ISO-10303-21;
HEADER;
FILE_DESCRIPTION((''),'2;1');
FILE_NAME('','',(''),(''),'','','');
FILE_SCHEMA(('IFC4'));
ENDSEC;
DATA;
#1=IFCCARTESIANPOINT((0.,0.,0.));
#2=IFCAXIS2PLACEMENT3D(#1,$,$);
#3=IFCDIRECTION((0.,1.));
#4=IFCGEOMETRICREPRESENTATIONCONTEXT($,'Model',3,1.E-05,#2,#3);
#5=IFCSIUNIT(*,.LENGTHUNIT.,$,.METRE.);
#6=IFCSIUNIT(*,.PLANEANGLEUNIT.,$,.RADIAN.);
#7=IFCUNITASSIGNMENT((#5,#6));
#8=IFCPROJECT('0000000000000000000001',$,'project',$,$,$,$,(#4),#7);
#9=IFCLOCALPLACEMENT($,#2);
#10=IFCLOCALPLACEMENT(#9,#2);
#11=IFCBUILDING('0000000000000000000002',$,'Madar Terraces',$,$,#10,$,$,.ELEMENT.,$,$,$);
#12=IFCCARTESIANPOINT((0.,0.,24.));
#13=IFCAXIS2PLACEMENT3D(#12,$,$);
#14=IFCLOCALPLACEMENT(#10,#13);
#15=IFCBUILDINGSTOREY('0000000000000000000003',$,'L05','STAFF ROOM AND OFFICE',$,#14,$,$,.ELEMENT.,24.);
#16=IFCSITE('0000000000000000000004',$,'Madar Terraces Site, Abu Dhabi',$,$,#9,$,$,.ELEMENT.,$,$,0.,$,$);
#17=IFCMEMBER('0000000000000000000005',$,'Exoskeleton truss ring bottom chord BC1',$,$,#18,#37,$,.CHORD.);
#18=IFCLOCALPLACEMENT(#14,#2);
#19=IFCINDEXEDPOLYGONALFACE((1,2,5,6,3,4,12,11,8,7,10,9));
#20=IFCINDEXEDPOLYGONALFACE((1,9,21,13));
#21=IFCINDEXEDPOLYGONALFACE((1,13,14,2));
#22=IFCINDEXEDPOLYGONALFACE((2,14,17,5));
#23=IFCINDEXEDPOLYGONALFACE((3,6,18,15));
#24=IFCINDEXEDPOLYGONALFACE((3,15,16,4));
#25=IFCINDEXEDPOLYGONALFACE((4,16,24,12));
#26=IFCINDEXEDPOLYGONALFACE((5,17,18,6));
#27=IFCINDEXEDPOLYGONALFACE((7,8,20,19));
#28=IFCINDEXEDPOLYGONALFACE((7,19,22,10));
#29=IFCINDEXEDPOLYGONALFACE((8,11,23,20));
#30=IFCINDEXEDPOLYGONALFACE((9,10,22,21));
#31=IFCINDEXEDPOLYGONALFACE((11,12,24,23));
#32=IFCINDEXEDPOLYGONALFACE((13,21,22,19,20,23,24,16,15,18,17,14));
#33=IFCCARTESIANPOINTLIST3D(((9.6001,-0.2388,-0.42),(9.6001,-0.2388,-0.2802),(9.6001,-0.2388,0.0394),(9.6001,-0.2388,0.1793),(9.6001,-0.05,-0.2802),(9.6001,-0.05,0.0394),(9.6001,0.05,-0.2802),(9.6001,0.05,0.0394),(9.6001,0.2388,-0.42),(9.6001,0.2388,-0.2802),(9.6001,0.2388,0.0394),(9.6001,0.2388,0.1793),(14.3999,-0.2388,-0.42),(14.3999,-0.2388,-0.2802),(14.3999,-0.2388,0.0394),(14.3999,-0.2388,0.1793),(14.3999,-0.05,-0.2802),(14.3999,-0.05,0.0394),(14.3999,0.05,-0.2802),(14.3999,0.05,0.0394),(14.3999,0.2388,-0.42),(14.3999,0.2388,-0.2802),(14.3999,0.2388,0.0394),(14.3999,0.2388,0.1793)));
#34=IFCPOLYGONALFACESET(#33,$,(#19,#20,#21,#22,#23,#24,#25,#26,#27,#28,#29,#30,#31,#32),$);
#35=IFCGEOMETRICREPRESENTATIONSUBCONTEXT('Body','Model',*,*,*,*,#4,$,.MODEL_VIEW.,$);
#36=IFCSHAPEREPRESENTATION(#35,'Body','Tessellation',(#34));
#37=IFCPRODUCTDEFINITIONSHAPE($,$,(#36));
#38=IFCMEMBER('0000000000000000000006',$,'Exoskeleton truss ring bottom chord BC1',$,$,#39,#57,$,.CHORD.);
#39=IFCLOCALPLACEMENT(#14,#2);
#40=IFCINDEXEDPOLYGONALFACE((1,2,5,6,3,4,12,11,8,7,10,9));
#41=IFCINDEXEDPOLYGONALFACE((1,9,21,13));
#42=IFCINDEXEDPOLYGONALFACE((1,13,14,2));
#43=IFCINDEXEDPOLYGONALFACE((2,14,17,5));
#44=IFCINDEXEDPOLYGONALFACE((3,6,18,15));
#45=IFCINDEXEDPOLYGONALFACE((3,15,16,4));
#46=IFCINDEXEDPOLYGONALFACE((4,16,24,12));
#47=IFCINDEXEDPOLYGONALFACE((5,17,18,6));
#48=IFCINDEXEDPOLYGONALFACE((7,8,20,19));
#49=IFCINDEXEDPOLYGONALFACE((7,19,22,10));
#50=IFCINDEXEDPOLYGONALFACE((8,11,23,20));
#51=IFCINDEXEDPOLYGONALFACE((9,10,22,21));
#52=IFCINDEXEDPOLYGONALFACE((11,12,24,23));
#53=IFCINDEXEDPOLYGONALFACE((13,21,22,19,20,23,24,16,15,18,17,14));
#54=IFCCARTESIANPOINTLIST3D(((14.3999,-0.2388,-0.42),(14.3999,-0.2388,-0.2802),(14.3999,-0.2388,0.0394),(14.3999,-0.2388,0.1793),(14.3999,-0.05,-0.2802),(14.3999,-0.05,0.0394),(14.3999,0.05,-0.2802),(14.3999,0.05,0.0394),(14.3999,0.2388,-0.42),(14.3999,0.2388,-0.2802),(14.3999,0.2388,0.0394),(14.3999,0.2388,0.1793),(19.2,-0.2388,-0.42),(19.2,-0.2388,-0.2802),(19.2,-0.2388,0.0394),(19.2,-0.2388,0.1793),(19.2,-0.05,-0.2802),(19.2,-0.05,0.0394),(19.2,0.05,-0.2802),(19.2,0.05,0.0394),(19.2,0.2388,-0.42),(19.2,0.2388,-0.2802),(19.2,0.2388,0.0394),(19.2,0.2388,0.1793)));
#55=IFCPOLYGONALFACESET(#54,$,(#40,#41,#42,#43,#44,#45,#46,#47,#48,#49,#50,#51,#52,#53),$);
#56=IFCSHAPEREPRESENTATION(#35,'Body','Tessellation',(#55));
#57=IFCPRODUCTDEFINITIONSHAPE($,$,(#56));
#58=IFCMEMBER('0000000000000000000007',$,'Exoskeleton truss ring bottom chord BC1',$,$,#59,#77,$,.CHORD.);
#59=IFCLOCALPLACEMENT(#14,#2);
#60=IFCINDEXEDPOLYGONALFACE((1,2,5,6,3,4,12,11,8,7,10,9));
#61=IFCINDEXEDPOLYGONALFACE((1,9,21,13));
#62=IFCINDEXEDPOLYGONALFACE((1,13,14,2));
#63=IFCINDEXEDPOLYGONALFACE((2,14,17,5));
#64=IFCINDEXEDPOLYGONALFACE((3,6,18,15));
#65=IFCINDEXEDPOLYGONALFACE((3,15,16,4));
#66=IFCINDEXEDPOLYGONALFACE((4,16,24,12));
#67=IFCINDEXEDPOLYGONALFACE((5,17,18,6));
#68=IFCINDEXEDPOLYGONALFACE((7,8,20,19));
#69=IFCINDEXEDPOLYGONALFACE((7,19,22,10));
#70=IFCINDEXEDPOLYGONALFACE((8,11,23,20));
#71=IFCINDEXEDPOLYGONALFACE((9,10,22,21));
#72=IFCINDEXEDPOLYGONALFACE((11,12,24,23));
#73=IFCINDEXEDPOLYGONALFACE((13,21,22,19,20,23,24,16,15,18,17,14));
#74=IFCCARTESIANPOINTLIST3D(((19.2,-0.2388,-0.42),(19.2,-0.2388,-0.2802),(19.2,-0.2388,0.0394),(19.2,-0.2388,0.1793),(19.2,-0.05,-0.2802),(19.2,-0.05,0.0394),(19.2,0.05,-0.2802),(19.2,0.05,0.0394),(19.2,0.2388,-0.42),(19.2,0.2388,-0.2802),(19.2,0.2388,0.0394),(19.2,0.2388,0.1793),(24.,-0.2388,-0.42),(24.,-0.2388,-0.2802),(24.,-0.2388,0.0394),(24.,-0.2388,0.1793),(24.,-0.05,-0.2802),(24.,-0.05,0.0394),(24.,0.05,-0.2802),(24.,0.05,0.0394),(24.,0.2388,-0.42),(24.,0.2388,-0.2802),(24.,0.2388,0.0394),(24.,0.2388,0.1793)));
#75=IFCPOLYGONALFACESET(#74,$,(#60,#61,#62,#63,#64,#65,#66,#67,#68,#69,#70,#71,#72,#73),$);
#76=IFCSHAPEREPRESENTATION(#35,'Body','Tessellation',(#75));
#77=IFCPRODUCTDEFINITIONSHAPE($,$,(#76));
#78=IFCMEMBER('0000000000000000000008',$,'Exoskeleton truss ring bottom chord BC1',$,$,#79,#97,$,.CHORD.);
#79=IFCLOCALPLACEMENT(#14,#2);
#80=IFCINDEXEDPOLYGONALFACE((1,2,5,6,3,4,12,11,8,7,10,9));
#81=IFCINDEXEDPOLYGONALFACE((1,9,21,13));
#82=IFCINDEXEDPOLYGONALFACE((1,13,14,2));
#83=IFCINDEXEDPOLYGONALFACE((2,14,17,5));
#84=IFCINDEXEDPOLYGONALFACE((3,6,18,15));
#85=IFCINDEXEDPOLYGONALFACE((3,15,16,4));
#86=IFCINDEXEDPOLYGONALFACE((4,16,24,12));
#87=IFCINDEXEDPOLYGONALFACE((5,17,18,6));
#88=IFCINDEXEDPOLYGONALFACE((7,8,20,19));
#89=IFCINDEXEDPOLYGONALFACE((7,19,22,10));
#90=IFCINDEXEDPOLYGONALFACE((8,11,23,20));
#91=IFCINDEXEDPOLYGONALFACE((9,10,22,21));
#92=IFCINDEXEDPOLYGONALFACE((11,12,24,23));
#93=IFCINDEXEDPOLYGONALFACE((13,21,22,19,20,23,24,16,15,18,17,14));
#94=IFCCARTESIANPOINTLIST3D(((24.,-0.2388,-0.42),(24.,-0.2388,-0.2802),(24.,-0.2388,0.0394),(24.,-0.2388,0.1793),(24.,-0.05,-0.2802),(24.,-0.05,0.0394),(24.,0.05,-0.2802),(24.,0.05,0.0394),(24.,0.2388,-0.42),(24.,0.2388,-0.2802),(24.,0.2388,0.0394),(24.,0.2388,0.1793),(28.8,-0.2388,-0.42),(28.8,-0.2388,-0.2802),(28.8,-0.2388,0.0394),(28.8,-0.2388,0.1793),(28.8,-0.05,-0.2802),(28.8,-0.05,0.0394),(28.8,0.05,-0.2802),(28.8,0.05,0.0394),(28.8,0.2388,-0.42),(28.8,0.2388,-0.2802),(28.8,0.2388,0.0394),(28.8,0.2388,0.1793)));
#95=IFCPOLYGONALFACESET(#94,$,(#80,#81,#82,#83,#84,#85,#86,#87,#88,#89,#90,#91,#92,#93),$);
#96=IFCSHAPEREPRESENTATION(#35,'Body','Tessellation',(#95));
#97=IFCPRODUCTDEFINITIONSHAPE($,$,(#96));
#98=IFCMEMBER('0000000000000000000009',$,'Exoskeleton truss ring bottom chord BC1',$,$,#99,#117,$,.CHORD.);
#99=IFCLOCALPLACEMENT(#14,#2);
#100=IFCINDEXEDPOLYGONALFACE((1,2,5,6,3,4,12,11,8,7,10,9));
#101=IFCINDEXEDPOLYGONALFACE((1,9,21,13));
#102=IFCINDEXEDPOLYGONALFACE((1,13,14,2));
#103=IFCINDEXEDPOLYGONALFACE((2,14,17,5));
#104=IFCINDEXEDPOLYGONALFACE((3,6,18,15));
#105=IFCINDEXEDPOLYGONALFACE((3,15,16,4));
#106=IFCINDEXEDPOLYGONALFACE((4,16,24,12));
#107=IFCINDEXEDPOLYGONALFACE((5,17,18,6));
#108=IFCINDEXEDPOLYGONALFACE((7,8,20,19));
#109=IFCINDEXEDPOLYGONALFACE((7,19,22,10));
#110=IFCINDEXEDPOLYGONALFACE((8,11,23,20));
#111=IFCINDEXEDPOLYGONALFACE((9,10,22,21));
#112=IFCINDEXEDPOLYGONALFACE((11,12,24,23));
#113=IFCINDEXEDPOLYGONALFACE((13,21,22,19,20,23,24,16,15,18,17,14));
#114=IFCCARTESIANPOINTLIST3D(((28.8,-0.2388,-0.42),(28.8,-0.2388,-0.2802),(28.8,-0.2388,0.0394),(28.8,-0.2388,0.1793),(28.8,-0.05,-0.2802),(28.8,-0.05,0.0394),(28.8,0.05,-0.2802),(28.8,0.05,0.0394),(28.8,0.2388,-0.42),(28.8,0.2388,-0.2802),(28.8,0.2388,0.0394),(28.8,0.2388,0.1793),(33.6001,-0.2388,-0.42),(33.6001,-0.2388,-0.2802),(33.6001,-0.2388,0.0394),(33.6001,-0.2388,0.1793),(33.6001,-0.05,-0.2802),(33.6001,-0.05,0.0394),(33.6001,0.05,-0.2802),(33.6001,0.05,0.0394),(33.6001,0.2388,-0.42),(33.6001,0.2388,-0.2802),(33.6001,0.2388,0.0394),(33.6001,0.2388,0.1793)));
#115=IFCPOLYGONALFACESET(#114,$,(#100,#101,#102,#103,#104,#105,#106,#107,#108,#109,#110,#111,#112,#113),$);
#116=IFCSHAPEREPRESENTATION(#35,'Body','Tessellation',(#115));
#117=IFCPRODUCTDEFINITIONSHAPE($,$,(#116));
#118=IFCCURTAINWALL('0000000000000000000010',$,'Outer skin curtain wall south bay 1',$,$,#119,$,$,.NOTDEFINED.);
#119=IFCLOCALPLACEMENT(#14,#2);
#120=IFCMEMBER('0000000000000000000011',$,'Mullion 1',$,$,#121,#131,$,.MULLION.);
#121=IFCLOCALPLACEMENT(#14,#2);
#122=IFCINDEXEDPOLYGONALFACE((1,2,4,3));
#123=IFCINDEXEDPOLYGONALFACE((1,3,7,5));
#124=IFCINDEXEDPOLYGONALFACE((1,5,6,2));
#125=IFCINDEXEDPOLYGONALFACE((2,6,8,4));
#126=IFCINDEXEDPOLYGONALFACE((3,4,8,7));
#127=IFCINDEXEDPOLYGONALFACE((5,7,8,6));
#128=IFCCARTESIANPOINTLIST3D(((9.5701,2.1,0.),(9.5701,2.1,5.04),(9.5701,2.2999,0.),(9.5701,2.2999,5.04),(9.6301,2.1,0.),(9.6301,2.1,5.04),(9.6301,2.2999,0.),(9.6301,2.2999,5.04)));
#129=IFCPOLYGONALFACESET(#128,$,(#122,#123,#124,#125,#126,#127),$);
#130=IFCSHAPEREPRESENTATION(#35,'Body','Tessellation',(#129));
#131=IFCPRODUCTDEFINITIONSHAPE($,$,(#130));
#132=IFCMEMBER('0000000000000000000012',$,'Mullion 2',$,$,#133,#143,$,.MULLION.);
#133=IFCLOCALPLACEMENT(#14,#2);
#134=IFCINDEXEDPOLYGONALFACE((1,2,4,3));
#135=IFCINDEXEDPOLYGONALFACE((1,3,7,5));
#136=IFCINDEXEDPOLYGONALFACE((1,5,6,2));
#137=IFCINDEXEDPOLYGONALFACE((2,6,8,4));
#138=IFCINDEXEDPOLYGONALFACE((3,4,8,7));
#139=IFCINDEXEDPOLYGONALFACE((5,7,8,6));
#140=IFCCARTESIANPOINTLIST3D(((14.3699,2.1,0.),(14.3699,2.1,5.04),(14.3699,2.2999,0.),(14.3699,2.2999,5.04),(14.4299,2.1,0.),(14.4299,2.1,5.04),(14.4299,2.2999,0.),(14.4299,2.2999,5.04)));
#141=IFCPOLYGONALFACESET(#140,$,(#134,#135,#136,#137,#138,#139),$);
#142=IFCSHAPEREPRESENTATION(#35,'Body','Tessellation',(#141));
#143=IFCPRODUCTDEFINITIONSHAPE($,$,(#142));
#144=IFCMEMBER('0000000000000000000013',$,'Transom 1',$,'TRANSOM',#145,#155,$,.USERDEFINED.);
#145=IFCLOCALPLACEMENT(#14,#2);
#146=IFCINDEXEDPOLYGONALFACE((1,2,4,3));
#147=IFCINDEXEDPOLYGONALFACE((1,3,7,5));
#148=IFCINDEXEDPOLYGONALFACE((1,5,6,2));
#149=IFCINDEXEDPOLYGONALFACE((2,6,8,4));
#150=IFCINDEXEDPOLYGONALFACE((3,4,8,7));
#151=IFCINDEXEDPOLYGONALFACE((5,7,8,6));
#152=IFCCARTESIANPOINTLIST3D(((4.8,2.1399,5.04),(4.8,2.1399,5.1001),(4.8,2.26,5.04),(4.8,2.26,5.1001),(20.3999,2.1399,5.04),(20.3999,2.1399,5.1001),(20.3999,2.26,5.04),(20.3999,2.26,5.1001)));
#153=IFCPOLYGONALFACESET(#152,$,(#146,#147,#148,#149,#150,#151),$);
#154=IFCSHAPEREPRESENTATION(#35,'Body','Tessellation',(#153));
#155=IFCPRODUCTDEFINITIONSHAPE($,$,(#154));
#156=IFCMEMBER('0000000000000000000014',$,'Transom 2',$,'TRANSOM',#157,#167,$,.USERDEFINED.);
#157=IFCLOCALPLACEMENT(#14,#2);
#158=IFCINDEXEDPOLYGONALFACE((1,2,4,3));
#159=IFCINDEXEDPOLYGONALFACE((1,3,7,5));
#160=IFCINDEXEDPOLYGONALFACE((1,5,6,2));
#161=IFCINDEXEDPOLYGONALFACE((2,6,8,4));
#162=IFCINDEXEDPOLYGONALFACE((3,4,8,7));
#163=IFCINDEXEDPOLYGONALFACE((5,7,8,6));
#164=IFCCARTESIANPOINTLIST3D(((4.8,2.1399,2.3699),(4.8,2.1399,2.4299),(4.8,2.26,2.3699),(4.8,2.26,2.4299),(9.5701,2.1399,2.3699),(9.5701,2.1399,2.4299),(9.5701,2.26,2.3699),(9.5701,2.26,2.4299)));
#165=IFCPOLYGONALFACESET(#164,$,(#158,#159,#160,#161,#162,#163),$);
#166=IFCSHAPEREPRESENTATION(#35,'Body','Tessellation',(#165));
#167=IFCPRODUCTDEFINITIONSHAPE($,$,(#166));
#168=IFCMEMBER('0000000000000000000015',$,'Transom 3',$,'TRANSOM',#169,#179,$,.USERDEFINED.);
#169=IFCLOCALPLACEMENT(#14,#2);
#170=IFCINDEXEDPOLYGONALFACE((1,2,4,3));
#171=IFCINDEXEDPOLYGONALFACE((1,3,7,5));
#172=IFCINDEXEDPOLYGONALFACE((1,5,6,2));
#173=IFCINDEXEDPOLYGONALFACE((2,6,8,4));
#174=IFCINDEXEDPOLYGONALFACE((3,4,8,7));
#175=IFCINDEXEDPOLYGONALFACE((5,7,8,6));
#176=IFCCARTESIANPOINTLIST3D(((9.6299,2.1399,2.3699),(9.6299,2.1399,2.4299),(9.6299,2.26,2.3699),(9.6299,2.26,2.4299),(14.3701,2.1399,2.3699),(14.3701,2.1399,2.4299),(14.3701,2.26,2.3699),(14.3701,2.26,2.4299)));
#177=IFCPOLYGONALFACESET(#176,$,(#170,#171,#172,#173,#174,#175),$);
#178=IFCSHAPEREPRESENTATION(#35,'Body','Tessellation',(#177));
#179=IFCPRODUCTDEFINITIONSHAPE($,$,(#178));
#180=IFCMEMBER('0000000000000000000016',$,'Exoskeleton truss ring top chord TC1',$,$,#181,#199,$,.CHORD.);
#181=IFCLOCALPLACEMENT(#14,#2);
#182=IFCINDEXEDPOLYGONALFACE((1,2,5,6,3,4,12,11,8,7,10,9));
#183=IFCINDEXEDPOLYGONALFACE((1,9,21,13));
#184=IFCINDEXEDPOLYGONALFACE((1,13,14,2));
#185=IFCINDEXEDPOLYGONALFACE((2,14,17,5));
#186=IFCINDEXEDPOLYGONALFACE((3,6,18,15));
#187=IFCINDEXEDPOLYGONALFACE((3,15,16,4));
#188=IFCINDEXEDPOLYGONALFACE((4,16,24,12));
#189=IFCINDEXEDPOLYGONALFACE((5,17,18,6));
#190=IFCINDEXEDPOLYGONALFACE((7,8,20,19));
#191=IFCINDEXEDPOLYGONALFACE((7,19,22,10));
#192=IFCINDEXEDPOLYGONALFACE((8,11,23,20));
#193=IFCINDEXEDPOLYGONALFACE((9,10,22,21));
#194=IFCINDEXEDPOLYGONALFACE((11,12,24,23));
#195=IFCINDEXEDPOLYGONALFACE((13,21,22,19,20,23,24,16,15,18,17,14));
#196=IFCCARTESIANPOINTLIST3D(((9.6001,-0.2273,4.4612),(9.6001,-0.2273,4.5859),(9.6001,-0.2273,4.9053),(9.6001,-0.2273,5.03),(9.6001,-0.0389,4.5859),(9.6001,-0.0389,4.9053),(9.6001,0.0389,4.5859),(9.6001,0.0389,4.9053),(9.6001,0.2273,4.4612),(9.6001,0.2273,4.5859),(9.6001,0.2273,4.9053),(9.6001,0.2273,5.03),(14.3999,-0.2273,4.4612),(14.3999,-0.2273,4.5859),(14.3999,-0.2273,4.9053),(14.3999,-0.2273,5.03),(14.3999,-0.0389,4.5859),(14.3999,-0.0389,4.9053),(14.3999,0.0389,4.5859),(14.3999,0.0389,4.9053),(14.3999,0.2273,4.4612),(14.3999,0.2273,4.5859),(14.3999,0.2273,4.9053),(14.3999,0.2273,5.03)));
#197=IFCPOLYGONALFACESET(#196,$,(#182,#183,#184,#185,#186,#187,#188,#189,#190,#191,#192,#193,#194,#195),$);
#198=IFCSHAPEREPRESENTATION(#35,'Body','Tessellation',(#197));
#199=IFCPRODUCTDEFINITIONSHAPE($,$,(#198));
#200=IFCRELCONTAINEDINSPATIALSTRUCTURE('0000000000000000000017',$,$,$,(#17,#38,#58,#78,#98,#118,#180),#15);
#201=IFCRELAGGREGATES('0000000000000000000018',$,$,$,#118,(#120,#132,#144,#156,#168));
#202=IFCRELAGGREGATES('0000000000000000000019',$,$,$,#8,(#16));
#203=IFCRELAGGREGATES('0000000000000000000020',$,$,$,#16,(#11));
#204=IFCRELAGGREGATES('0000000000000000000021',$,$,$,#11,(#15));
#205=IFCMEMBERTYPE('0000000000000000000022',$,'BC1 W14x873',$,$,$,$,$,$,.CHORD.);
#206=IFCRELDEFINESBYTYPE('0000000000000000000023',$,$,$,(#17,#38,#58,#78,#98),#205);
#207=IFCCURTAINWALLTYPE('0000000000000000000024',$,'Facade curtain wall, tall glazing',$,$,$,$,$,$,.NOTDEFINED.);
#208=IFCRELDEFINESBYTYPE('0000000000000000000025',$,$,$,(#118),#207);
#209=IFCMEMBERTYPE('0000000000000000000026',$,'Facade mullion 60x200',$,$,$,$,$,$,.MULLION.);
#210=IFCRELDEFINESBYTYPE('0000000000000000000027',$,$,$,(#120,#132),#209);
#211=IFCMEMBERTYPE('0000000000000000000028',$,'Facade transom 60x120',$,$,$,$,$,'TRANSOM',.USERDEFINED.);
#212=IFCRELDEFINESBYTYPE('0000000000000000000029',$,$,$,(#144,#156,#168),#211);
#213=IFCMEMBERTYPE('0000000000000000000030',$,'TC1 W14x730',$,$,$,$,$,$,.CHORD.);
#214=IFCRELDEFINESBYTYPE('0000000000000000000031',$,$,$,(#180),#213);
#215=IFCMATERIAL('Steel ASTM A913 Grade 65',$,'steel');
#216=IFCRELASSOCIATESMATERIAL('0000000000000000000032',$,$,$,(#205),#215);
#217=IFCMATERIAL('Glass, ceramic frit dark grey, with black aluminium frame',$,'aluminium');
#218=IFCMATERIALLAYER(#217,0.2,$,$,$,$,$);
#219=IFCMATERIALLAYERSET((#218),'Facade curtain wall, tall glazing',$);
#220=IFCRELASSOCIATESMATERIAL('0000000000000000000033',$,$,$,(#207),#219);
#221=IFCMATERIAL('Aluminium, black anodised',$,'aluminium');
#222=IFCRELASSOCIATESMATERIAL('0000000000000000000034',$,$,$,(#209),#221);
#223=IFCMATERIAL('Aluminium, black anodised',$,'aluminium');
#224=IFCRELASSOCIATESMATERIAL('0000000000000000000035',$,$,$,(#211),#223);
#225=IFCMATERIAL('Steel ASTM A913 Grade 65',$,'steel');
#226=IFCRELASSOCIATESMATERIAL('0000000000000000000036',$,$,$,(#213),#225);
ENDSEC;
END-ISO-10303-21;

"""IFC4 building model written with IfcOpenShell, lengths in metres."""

from ifc_helpers import new_model, si_unit, direction, frame, origin, origin_2d, place, context, subcontext, project, spatial, rectangle, i_section, extrude, material, layer, layer_set, material_profile, profile_set, type_object, element, aggregate, save


model = new_model("IFC4")

# Units and contexts
model_context = context("Model", 3, precision=1e-05, world=origin(), true_north=direction((0.0, 1.0)))
body_context = subcontext(model_context, "Body", "Model", "MODEL_VIEW")
ifc_project = project(units=[si_unit("LENGTHUNIT", "METRE"), si_unit("PLANEANGLEUNIT", "RADIAN")], contexts=[model_context])

# Site, building, storey
site_placement = place(None, origin())
site = spatial("IfcSite", under=ifc_project, at=site_placement, Name="Madar Terraces Site, Abu Dhabi", CompositionType="ELEMENT", RefElevation=0.0)
building_placement = place(site_placement, origin())
building = spatial("IfcBuilding", under=site, at=building_placement, Name="Madar Terraces", CompositionType="ELEMENT")
storey_placement = place(building_placement, frame((0.0, 0.0, 24.0)))
storey = spatial("IfcBuildingStorey", under=building, at=storey_placement, Name="L05", Description="STAFF ROOM AND OFFICE", CompositionType="ELEMENT", Elevation=24.0)

# Members
ifc_material_1 = material(Name="Steel ASTM A913 Grade 65", Category="steel")
ifc_material_profile_1 = material_profile(ifc_material_1, i_section(OverallWidth=0.4775, OverallDepth=0.5994, WebThickness=0.1001, FlangeThickness=0.1399, at=origin_2d()), Name="W14x873")
ifc_profile_set_1 = profile_set([ifc_material_profile_1], Name="Steel ASTM A913 Grade 65")
member_type_1 = type_object("IfcMemberType", Name="BC1 W14x873", PredefinedType="CHORD", material=ifc_profile_set_1)
member_1_placement = place(storey_placement, frame((9.6001, 0.0, -0.1204), z_axis=(1.0, 0.0, 0.0), x_axis=(0.0, 1.0, 0.0)))
element("IfcMember", 1, at=member_1_placement, inside=storey, type_object=member_type_1, Name="Exoskeleton truss ring bottom chord BC1", PredefinedType="CHORD", context=body_context, shape_type="SweptSolid", body=[
    extrude(i_section(OverallWidth=0.4775, OverallDepth=0.5994, WebThickness=0.1001, FlangeThickness=0.1399, at=origin_2d()), origin(), (0.0, 0.0, 1.0), 4.7998),
])
for number, where, z_axis, x_axis, name in (
    (2, (14.3999, 0.0, -0.1204), (1.0, 0.0, 0.0), (0.0, 1.0, 0.0), "Exoskeleton truss ring bottom chord BC1"),
    (3, (19.2, 0.0, -0.1204), (1.0, 0.0, 0.0), (0.0, 1.0, 0.0), "Exoskeleton truss ring bottom chord BC1"),
    (4, (24.0, 0.0, -0.1204), (1.0, 0.0, 0.0), (0.0, 1.0, 0.0), "Exoskeleton truss ring bottom chord BC1"),
    (5, (28.8, 0.0, -0.1204), (1.0, 0.0, 0.0), (0.0, 1.0, 0.0), "Exoskeleton truss ring bottom chord BC1"),
):
    element("IfcMember", number, at=place(storey_placement, frame(where, z_axis=z_axis, x_axis=x_axis)), inside=storey, type_object=member_type_1, Name=name, PredefinedType="CHORD", context=body_context, shape_type="SweptSolid", body=[
        extrude(i_section(OverallWidth=0.4775, OverallDepth=0.5994, WebThickness=0.1001, FlangeThickness=0.1399, at=origin_2d()), origin(), (0.0, 0.0, 1.0), 4.8),
    ])

# Curtain wall, members
ifc_material_2 = material(Name="Glass, ceramic frit dark grey, with black aluminium frame", Category="aluminium")
ifc_layer_1 = layer(ifc_material_2, 0.2)
ifc_layer_set_1 = layer_set([ifc_layer_1], Name="Facade curtain wall, tall glazing")
curtain_wall_type = type_object("IfcCurtainWallType", Name="Facade curtain wall, tall glazing", PredefinedType="NOTDEFINED", material=ifc_layer_set_1)
curtain_wall_placement = place(storey_placement, origin())
curtain_wall = element("IfcCurtainWall", 6, at=curtain_wall_placement, inside=storey, type_object=curtain_wall_type, Name="Outer skin curtain wall south bay 1", PredefinedType="NOTDEFINED")
ifc_material_3 = material(Name="Aluminium, black anodised", Category="aluminium")
ifc_material_profile_2 = material_profile(ifc_material_3, rectangle(XDim=0.2, YDim=0.0601, at=origin_2d()), Name="Facade mullion 60x200")
ifc_profile_set_2 = profile_set([ifc_material_profile_2], Name="Aluminium, black anodised")
member_type_2 = type_object("IfcMemberType", Name="Facade mullion 60x200", PredefinedType="MULLION", material=ifc_profile_set_2)
member_2_placement = place(storey_placement, frame((9.6001, 2.2, 0.0), z_axis=(0.0, 0.0, 1.0), x_axis=(0.0, 1.0, 0.0)))
member_2 = element("IfcMember", 7, at=member_2_placement, type_object=member_type_2, Name="Mullion 1", PredefinedType="MULLION", context=body_context, shape_type="SweptSolid", body=[
    extrude(rectangle(XDim=0.2, YDim=0.0601, at=origin_2d()), origin(), (0.0, 0.0, 1.0), 5.04),
])
member_3_placement = place(storey_placement, frame((14.3999, 2.2, 0.0), z_axis=(0.0, 0.0, 1.0), x_axis=(0.0, 1.0, 0.0)))
member_3 = element("IfcMember", 8, at=member_3_placement, type_object=member_type_2, Name="Mullion 2", PredefinedType="MULLION", context=body_context, shape_type="SweptSolid", body=[
    extrude(rectangle(XDim=0.2, YDim=0.0601, at=origin_2d()), origin(), (0.0, 0.0, 1.0), 5.04),
])
ifc_material_4 = material(Name="Aluminium, black anodised", Category="aluminium")
ifc_material_profile_3 = material_profile(ifc_material_4, rectangle(XDim=0.1201, YDim=0.0601, at=origin_2d()), Name="Facade transom 60x120")
ifc_profile_set_3 = profile_set([ifc_material_profile_3], Name="Aluminium, black anodised")
member_type_3 = type_object("IfcMemberType", Name="Facade transom 60x120", ElementType="TRANSOM", PredefinedType="USERDEFINED", material=ifc_profile_set_3)
member_4_placement = place(storey_placement, frame((4.8, 2.2, 5.0701), z_axis=(1.0, 0.0, 0.0), x_axis=(0.0, 1.0, 0.0)))
member_4 = element("IfcMember", 9, at=member_4_placement, type_object=member_type_3, Name="Transom 1", ObjectType="TRANSOM", PredefinedType="USERDEFINED", context=body_context, shape_type="SweptSolid", body=[
    extrude(rectangle(XDim=0.1201, YDim=0.0601, at=origin_2d()), origin(), (0.0, 0.0, 1.0), 15.5999),
])
member_5_placement = place(storey_placement, frame((4.8, 2.2, 2.3999), z_axis=(1.0, 0.0, 0.0), x_axis=(0.0, 1.0, 0.0)))
member_5 = element("IfcMember", 10, at=member_5_placement, type_object=member_type_3, Name="Transom 2", ObjectType="TRANSOM", PredefinedType="USERDEFINED", context=body_context, shape_type="SweptSolid", body=[
    extrude(rectangle(XDim=0.1201, YDim=0.0601, at=origin_2d()), origin(), (0.0, 0.0, 1.0), 4.77),
])
member_6_placement = place(storey_placement, frame((9.6299, 2.2, 2.3999), z_axis=(1.0, 0.0, 0.0), x_axis=(0.0, 1.0, 0.0)))
member_6 = element("IfcMember", 11, at=member_6_placement, type_object=member_type_3, Name="Transom 3", ObjectType="TRANSOM", PredefinedType="USERDEFINED", context=body_context, shape_type="SweptSolid", body=[
    extrude(rectangle(XDim=0.1201, YDim=0.0601, at=origin_2d()), origin(), (0.0, 0.0, 1.0), 4.7402),
])

# Member
ifc_material_5 = material(Name="Steel ASTM A913 Grade 65", Category="steel")
ifc_material_profile_4 = material_profile(ifc_material_5, i_section(OverallWidth=0.4546, OverallDepth=0.5688, WebThickness=0.0779, FlangeThickness=0.1248, at=origin_2d()), Name="W14x730")
ifc_profile_set_4 = profile_set([ifc_material_profile_4], Name="Steel ASTM A913 Grade 65")
member_type_4 = type_object("IfcMemberType", Name="TC1 W14x730", PredefinedType="CHORD", material=ifc_profile_set_4)
member_7_placement = place(storey_placement, frame((9.6001, 0.0, 4.7456), z_axis=(1.0, 0.0, 0.0), x_axis=(0.0, 1.0, 0.0)))
element("IfcMember", 12, at=member_7_placement, inside=storey, type_object=member_type_4, Name="Exoskeleton truss ring top chord TC1", PredefinedType="CHORD", context=body_context, shape_type="SweptSolid", body=[
    extrude(i_section(OverallWidth=0.4546, OverallDepth=0.5688, WebThickness=0.0779, FlangeThickness=0.1248, at=origin_2d()), origin(), (0.0, 0.0, 1.0), 4.7998),
])

aggregate(curtain_wall, [member_2, member_3, member_4, member_5, member_6])

save(model, "model.ifc")
